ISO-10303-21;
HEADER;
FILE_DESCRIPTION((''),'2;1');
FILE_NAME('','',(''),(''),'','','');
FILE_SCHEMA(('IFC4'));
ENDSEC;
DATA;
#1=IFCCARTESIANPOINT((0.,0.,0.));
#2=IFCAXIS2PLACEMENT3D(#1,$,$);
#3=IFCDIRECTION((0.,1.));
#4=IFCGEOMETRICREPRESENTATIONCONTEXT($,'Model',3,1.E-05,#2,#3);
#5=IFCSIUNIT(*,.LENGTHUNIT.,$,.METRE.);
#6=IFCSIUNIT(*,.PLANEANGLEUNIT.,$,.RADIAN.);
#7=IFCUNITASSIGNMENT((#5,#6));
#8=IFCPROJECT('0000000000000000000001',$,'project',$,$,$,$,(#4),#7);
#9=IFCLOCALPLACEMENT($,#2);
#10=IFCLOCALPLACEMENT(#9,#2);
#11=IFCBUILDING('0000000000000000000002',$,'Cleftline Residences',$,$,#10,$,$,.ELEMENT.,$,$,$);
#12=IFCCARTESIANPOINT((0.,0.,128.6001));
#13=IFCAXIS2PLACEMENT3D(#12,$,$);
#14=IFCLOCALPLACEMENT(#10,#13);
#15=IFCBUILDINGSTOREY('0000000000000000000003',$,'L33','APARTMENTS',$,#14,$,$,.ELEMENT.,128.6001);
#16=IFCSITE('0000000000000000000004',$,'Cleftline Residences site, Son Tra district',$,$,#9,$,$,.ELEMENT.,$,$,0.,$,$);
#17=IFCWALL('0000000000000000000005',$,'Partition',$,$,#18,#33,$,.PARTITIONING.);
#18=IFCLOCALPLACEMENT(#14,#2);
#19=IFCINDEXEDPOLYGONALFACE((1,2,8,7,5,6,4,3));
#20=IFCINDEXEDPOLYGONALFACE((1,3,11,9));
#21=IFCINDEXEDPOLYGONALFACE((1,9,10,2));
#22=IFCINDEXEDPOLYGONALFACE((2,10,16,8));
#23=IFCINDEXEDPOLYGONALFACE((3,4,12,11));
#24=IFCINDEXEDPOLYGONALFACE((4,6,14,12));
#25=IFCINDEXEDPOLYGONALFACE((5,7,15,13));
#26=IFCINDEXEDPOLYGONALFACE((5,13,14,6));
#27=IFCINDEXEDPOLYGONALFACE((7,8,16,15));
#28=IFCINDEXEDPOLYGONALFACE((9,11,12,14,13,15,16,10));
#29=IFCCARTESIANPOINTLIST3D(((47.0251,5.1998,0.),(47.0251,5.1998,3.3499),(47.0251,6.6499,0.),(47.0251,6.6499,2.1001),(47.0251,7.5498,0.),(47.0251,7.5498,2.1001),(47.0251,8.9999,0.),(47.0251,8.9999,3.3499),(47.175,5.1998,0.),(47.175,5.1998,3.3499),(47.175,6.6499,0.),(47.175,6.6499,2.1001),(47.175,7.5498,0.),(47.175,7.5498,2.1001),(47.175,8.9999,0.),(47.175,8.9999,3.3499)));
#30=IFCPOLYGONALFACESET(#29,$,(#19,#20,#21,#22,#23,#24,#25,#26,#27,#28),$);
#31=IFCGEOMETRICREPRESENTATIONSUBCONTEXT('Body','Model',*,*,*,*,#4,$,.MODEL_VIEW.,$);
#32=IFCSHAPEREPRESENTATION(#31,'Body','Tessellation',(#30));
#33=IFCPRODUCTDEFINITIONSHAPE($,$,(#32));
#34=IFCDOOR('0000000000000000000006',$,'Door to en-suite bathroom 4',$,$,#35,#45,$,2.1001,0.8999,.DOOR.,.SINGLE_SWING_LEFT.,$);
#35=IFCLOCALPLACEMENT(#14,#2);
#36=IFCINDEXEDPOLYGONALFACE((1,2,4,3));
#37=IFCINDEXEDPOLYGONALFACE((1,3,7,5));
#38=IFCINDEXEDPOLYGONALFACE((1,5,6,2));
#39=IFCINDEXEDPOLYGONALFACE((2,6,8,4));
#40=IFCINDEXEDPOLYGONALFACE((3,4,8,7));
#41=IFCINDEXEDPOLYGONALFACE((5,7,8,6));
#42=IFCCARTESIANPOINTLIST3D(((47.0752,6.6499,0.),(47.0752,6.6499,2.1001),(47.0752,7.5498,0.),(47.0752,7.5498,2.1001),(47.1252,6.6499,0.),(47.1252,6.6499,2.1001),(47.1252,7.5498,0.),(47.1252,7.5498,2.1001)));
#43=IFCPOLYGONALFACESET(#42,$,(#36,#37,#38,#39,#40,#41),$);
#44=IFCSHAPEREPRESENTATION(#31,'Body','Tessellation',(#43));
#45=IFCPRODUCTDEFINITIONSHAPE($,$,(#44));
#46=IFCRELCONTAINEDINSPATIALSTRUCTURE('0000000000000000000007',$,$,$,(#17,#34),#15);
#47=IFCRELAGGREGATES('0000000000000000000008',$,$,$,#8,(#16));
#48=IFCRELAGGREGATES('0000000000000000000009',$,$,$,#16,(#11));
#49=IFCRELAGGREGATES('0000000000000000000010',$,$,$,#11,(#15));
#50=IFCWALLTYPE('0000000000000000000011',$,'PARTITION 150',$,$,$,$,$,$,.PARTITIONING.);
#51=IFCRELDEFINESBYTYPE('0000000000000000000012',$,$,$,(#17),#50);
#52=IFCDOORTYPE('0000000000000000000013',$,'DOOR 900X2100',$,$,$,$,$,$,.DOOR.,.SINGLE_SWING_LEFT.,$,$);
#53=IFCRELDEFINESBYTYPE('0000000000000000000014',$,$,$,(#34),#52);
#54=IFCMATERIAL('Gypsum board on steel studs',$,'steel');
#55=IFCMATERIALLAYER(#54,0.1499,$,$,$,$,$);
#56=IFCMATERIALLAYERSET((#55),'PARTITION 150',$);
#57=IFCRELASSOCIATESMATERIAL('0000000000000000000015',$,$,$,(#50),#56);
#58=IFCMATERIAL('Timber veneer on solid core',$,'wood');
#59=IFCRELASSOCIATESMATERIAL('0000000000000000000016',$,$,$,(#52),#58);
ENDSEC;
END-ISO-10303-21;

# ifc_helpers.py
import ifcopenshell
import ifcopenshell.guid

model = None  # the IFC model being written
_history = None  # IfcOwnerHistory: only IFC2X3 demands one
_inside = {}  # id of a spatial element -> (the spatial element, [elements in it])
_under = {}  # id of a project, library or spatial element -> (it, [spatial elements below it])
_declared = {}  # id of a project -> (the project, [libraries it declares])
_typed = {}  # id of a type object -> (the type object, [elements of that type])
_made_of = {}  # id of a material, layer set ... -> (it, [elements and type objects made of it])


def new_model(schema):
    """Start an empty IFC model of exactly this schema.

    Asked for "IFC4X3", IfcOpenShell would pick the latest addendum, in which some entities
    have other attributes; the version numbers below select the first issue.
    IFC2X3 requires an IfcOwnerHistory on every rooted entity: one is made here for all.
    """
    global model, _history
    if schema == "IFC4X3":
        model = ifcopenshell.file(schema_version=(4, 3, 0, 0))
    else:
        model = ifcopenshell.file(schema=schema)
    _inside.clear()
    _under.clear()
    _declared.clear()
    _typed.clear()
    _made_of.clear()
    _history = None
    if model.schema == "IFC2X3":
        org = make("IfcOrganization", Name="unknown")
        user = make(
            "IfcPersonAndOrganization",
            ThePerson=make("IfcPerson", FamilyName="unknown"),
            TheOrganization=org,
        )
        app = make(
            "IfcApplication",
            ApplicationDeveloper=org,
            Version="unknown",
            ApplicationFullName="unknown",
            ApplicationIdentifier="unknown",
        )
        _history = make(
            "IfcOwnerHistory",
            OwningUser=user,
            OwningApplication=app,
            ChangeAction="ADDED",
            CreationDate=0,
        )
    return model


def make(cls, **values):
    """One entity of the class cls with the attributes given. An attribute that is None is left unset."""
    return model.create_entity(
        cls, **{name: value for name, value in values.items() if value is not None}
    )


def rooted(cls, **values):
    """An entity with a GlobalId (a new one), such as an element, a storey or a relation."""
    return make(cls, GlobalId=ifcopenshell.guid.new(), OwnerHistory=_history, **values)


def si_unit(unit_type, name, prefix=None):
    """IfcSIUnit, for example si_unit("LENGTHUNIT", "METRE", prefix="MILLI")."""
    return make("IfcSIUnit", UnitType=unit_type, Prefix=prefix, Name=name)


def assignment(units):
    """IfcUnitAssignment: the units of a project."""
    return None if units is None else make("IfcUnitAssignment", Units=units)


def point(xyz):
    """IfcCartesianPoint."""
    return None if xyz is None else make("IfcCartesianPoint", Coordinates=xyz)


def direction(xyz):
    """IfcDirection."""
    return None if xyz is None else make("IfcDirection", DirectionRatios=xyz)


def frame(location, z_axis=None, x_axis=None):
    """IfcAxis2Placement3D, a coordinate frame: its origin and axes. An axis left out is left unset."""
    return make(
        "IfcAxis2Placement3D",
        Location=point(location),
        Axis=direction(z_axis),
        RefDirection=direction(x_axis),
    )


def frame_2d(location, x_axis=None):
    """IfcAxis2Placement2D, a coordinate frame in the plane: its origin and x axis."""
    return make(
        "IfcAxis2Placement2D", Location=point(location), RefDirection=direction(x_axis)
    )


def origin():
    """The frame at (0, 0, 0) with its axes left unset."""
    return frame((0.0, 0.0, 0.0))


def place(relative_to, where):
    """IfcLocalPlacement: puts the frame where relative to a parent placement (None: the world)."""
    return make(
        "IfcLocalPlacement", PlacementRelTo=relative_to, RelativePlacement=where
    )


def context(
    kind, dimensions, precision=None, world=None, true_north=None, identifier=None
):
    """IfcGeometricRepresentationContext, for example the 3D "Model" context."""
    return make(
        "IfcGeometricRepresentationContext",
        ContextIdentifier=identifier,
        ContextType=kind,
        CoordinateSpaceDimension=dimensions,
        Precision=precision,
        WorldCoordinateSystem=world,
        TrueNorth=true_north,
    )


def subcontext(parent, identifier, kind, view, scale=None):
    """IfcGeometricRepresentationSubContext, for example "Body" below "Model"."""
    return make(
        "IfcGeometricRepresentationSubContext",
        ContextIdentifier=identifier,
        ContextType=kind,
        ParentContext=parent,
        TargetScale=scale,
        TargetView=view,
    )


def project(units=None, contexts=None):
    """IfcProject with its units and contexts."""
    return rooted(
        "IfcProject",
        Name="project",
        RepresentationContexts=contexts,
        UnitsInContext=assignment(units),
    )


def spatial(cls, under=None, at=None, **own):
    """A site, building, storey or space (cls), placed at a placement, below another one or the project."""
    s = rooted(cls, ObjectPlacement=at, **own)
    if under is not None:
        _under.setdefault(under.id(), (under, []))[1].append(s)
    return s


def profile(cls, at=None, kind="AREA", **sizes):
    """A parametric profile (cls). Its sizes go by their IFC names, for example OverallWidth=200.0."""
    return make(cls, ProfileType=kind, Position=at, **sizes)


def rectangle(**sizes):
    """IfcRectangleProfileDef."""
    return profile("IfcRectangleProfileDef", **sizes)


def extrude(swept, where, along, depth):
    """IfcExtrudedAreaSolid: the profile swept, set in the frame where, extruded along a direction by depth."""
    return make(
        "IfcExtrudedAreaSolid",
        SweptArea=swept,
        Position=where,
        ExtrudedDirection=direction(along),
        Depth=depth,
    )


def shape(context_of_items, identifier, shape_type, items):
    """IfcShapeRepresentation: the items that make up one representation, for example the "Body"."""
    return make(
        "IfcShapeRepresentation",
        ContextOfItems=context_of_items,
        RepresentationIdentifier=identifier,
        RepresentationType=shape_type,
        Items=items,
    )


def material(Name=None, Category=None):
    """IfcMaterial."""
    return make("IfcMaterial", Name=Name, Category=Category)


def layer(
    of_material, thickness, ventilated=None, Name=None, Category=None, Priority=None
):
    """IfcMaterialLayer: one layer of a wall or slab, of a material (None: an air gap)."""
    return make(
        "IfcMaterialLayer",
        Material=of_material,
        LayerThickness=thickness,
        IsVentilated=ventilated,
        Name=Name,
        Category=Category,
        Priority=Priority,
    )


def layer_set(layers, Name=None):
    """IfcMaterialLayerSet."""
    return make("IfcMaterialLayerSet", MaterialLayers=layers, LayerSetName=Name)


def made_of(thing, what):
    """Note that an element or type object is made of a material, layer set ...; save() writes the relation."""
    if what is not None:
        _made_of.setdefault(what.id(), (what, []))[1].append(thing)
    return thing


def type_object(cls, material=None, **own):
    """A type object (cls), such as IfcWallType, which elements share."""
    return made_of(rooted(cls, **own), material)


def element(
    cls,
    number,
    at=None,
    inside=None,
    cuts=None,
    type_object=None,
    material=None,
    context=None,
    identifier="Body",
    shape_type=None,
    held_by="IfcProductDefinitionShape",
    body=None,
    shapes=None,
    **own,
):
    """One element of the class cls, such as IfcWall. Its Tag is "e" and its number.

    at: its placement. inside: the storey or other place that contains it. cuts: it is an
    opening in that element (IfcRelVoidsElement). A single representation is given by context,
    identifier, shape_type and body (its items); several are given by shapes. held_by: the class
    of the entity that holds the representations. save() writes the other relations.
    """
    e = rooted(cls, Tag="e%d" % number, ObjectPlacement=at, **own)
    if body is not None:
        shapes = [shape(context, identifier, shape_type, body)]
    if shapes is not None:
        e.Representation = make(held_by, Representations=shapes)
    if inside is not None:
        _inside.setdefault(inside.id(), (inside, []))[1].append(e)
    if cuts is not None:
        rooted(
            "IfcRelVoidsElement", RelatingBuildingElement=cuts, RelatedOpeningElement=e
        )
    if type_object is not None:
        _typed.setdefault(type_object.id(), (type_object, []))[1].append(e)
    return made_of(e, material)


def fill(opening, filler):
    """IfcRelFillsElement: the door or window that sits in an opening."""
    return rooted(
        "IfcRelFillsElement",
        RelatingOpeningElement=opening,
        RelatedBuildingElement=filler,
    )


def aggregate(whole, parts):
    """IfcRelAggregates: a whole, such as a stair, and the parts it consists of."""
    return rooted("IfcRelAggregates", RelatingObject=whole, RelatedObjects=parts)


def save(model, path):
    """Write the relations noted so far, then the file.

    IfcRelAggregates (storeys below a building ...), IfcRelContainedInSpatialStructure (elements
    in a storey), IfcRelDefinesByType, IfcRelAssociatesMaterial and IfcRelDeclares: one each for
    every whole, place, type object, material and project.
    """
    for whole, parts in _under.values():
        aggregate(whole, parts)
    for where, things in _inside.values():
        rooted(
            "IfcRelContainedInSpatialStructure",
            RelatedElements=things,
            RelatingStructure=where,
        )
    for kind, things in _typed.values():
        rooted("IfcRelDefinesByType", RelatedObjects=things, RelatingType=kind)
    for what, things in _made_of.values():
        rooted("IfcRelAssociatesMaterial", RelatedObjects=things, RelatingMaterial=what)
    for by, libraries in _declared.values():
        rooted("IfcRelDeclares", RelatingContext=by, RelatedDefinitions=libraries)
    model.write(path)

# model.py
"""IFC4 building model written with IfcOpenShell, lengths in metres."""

from ifc_helpers import new_model, si_unit, direction, frame, frame_2d, origin, place, context, subcontext, project, spatial, rectangle, extrude, material, layer, layer_set, type_object, element, fill, save


model = new_model("IFC4")

# Units and contexts
model_context = context("Model", 3, precision=1e-05, world=origin(), true_north=direction((0.0, 1.0)))
body_context = subcontext(model_context, "Body", "Model", "MODEL_VIEW")
ifc_project = project(units=[si_unit("LENGTHUNIT", "METRE"), si_unit("PLANEANGLEUNIT", "RADIAN")], contexts=[model_context])

# Site, building, storey
site_placement = place(None, origin())
site = spatial("IfcSite", under=ifc_project, at=site_placement, Name="Cleftline Residences site, Son Tra district", CompositionType="ELEMENT", RefElevation=0.0)
building_placement = place(site_placement, origin())
building = spatial("IfcBuilding", under=site, at=building_placement, Name="Cleftline Residences", CompositionType="ELEMENT")
storey_placement = place(building_placement, frame((0.0, 0.0, 128.6001)))
storey = spatial("IfcBuildingStorey", under=building, at=storey_placement, Name="L33", Description="APARTMENTS", CompositionType="ELEMENT", Elevation=128.6001)

# Shared definitions
ifc_material_1 = material(Name="Gypsum board on steel studs", Category="steel")
ifc_layer_1 = layer(ifc_material_1, 0.1499)
ifc_layer_set_1 = layer_set([ifc_layer_1], Name="PARTITION 150")
wall_type = type_object("IfcWallType", Name="PARTITION 150", PredefinedType="PARTITIONING", material=ifc_layer_set_1)

# Shared definitions
ifc_material_2 = material(Name="Timber veneer on solid core", Category="wood")
door_type_1 = type_object("IfcDoorType", Name="DOOR 900X2100", OperationType="SINGLE_SWING_LEFT", PredefinedType="DOOR", material=ifc_material_2)

# Wall, opening, door
wall_1_placement = place(storey_placement, frame((47.1001, 5.2, 0.0), z_axis=(0.0, 0.0, 1.0), x_axis=(0.0, 1.0, 0.0)))
wall_1 = element("IfcWall", 1, at=wall_1_placement, inside=storey, type_object=wall_type, Name="Partition", PredefinedType="PARTITIONING", context=body_context, shape_type="SweptSolid", body=[
    extrude(rectangle(XDim=3.8, YDim=0.1499, at=frame_2d((1.8999, 0.0))), origin(), (0.0, 0.0, 1.0), 3.3499),
])
opening_1_placement = place(wall_1_placement, frame((1.45, 0.0, 0.0)))
opening_1 = element("IfcOpeningElement", 2, at=opening_1_placement, cuts=wall_1, PredefinedType="OPENING", context=body_context, shape_type="SweptSolid", body=[
    extrude(rectangle(XDim=0.8999, YDim=2.1001, at=frame_2d((0.45, 1.05))), frame((0.0, 0.085, 0.0), z_axis=(0.0, -1.0, 0.0), x_axis=(1.0, 0.0, 0.0)), (0.0, 0.0, 1.0), 0.1699),
])
door_1_placement = place(opening_1_placement, origin())
door_1 = element("IfcDoor", 3, at=door_1_placement, inside=storey, type_object=door_type_1, Name="Door to en-suite bathroom 4", OperationType="SINGLE_SWING_LEFT", OverallHeight=2.1001, OverallWidth=0.8999, PredefinedType="DOOR", context=body_context, shape_type="SweptSolid", body=[
    extrude(rectangle(XDim=0.8999, YDim=2.1001, at=frame_2d((0.45, 1.05))), frame((0.0, 0.0249, 0.0), z_axis=(0.0, -1.0, 0.0), x_axis=(1.0, 0.0, 0.0)), (0.0, 0.0, 1.0), 0.05),
])
fill(opening_1, door_1)

save(model, "model.ifc")
